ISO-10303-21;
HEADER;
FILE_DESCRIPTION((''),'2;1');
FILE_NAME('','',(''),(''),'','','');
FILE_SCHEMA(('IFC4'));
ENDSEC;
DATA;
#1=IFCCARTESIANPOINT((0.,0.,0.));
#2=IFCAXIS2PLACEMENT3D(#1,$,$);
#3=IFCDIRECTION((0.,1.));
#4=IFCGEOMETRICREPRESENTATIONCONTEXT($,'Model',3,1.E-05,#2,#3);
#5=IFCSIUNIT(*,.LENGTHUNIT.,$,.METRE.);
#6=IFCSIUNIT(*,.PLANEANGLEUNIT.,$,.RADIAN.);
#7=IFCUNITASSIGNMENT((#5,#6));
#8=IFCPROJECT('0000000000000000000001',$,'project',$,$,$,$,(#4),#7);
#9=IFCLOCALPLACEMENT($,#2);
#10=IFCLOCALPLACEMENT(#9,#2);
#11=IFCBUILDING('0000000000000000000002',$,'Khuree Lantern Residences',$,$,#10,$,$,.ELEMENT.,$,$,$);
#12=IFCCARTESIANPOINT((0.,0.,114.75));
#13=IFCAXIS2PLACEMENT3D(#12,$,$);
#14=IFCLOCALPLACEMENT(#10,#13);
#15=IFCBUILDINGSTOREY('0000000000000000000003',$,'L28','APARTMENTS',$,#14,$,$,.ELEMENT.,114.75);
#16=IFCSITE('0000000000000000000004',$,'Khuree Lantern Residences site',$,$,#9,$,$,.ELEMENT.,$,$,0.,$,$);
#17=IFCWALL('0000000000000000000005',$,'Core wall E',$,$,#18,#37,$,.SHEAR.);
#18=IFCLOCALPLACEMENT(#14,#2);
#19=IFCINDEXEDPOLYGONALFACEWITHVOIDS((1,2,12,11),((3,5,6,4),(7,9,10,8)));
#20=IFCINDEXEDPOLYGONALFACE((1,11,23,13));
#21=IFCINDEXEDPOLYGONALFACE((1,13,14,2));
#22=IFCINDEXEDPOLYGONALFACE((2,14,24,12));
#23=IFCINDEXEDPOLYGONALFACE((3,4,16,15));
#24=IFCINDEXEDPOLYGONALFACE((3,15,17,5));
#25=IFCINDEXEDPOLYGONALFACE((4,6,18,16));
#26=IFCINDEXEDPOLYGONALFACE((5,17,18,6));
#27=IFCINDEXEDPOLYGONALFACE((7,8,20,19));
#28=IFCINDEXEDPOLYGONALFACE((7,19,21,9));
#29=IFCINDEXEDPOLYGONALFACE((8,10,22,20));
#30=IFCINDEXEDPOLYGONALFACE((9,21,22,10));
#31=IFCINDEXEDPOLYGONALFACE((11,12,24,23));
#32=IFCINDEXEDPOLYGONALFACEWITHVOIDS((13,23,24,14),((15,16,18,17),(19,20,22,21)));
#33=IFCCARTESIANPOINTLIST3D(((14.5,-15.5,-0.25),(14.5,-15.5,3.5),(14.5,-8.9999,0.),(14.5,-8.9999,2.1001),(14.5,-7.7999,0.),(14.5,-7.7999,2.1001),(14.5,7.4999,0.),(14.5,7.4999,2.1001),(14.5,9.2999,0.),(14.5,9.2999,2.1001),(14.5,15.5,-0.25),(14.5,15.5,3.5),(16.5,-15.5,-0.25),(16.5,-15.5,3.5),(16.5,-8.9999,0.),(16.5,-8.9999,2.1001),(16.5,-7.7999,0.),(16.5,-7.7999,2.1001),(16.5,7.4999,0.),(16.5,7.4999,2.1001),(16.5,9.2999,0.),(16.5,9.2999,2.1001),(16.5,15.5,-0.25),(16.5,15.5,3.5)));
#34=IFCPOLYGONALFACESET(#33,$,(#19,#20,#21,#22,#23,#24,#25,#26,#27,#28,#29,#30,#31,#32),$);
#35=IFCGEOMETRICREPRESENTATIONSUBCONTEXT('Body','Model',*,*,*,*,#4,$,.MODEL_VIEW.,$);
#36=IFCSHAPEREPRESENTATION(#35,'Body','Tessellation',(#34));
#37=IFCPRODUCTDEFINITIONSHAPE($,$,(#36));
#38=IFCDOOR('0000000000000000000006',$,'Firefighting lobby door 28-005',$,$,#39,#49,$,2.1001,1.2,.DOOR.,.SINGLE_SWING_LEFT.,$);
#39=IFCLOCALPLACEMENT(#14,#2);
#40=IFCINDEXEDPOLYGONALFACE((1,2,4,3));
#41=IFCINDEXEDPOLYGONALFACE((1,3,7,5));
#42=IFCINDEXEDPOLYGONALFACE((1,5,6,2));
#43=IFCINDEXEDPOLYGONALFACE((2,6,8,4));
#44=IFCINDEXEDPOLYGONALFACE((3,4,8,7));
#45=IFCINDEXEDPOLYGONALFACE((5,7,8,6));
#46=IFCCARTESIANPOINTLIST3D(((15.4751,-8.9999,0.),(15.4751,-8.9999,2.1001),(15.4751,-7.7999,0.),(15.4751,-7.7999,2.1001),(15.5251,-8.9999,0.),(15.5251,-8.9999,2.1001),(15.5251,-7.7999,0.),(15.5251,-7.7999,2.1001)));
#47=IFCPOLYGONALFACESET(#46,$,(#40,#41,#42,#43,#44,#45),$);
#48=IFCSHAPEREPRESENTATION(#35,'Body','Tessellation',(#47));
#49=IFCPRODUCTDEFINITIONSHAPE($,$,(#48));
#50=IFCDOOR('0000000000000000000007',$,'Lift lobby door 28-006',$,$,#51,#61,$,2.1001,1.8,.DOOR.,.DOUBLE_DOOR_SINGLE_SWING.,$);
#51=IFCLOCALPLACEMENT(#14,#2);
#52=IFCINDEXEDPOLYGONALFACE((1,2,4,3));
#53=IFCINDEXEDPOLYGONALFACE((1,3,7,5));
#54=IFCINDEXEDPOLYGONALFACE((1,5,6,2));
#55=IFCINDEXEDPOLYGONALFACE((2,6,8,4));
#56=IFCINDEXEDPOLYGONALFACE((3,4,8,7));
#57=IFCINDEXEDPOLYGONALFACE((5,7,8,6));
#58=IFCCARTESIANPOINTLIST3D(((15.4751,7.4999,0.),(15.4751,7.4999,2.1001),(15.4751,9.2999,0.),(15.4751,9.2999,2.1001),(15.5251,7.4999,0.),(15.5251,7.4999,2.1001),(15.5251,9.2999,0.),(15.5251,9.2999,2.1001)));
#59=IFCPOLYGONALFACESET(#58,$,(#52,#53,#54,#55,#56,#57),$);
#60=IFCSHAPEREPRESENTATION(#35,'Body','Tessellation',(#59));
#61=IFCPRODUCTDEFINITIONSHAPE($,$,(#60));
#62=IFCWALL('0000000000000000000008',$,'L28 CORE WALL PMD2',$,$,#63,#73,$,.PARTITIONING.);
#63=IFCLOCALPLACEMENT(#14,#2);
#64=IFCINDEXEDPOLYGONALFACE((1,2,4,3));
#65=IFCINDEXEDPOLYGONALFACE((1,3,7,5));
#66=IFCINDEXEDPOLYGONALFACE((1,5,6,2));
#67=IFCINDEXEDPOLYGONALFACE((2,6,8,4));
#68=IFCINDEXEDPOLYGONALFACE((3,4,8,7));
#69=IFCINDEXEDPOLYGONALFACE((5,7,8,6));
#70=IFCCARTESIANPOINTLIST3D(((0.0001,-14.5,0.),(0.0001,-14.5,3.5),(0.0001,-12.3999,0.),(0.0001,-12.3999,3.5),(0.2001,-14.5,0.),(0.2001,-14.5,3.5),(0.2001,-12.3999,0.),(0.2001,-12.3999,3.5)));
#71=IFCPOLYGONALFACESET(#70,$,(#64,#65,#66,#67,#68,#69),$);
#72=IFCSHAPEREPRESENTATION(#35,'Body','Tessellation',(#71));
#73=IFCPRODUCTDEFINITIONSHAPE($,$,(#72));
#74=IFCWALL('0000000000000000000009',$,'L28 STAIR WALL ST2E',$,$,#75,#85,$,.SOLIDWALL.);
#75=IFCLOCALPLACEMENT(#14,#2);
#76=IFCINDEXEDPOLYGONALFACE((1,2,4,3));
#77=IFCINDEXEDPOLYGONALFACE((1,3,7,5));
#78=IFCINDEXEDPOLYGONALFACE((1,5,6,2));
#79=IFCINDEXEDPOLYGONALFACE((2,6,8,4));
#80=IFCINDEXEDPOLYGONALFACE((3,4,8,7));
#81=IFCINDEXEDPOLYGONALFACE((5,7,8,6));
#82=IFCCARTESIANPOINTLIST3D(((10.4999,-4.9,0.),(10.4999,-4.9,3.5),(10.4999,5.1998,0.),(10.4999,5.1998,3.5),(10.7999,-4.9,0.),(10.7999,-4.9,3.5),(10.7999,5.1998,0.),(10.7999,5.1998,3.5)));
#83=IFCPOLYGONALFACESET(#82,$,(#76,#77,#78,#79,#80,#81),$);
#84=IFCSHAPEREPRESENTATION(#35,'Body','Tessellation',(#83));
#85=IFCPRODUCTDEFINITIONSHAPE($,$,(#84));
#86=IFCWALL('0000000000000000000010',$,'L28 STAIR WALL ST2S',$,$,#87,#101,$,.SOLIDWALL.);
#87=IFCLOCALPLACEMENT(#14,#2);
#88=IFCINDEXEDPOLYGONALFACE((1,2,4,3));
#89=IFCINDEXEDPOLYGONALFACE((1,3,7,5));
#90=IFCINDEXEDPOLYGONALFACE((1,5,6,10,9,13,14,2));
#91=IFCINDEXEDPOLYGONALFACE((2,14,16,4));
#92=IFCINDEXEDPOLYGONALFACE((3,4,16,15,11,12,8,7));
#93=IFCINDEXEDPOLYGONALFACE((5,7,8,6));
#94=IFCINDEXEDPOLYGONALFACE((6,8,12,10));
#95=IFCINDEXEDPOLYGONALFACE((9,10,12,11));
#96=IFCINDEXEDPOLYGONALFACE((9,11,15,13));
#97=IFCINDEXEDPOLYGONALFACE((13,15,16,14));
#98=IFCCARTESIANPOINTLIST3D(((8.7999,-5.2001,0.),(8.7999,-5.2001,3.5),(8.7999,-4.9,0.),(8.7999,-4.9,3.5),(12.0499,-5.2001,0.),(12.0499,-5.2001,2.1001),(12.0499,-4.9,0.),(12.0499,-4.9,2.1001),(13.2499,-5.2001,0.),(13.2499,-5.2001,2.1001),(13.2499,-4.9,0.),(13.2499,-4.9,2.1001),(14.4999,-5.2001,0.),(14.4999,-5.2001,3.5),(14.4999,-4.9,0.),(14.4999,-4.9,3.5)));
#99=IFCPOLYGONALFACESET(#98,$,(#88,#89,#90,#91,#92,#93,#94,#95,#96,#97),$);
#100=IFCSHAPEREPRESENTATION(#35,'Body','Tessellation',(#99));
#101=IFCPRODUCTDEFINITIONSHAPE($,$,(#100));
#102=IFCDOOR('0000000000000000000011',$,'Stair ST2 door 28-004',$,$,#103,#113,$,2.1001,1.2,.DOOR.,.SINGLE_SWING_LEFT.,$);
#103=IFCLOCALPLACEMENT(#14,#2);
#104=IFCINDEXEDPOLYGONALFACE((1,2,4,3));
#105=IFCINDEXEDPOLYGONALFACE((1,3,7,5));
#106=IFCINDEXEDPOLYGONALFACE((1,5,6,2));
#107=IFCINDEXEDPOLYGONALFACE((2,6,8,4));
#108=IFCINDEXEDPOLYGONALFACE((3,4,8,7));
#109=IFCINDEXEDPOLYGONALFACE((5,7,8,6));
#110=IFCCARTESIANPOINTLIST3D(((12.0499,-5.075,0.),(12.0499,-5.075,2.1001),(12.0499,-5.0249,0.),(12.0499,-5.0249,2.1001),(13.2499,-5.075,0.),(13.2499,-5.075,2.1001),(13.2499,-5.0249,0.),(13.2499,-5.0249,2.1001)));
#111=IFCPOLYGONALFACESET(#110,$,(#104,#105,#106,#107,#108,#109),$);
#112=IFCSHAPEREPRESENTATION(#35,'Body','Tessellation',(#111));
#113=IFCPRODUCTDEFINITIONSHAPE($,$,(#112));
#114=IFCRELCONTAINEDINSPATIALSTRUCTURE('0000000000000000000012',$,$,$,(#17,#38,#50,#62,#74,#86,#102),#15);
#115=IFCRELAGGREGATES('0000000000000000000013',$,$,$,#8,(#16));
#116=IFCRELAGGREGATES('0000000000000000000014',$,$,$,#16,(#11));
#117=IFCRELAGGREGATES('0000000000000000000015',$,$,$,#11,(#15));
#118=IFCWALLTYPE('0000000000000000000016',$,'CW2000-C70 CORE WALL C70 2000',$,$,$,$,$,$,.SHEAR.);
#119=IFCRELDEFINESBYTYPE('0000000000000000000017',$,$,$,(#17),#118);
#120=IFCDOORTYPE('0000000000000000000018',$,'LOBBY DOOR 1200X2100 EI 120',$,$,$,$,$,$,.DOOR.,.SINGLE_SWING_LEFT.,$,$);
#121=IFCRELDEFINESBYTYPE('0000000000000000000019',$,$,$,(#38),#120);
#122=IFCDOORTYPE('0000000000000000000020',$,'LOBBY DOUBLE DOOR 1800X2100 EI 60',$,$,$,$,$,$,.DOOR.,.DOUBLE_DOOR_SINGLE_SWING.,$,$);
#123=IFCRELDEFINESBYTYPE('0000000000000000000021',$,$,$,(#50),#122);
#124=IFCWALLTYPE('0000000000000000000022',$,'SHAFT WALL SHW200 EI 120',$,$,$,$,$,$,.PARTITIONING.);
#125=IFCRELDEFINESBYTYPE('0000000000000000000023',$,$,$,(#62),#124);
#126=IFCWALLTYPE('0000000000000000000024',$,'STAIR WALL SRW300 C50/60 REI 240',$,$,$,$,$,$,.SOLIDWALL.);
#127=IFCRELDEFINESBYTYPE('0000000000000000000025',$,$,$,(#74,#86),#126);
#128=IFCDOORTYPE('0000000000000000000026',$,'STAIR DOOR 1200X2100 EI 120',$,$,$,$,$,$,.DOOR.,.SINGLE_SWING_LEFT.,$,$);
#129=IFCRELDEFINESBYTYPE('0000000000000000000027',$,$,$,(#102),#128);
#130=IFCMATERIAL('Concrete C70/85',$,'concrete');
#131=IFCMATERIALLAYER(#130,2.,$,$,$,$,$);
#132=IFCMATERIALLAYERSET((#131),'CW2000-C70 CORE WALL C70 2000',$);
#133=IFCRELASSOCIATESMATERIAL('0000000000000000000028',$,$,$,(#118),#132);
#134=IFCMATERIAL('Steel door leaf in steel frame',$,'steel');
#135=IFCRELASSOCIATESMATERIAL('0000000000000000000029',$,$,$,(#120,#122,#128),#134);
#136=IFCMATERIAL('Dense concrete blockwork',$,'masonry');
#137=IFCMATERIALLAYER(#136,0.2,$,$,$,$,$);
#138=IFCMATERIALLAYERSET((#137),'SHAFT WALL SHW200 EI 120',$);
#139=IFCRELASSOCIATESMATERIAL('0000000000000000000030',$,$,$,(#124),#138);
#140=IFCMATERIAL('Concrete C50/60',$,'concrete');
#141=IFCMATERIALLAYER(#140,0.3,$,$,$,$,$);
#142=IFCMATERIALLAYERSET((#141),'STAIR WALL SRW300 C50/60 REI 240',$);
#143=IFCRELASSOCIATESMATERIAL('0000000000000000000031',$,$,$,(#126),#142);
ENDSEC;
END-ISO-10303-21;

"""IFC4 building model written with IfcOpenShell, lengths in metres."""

from ifc_helpers import new_model, si_unit, direction, frame, frame_2d, origin, place, context, subcontext, project, spatial, rectangle, extrude, material, layer, layer_set, type_object, element, fill, save


model = new_model("IFC4")

# Units and contexts
model_context = context("Model", 3, precision=1e-05, world=origin(), true_north=direction((0.0, 1.0)))
body_context = subcontext(model_context, "Body", "Model", "MODEL_VIEW")
ifc_project = project(units=[si_unit("LENGTHUNIT", "METRE"), si_unit("PLANEANGLEUNIT", "RADIAN")], contexts=[model_context])

# Site, building, storey
site_placement = place(None, origin())
site = spatial("IfcSite", under=ifc_project, at=site_placement, Name="Khuree Lantern Residences site", CompositionType="ELEMENT", RefElevation=0.0)
building_placement = place(site_placement, origin())
building = spatial("IfcBuilding", under=site, at=building_placement, Name="Khuree Lantern Residences", CompositionType="ELEMENT")
storey_placement = place(building_placement, frame((0.0, 0.0, 114.75)))
storey = spatial("IfcBuildingStorey", under=building, at=storey_placement, Name="L28", Description="APARTMENTS", CompositionType="ELEMENT", Elevation=114.75)

# Shared definitions
ifc_material_1 = material(Name="Dense concrete blockwork", Category="masonry")

# Wall, openings, doors
ifc_material_2 = material(Name="Concrete C70/85", Category="concrete")
ifc_layer_1 = layer(ifc_material_2, 2.0)
ifc_layer_set_1 = layer_set([ifc_layer_1], Name="CW2000-C70 CORE WALL C70 2000")
wall_type_1 = type_object("IfcWallType", Name="CW2000-C70 CORE WALL C70 2000", PredefinedType="SHEAR", material=ifc_layer_set_1)
wall_1_placement = place(storey_placement, frame((15.5, -15.5, -0.25), z_axis=(0.0, 0.0, 1.0), x_axis=(0.0, 1.0, 0.0)))
wall_1 = element("IfcWall", 1, at=wall_1_placement, inside=storey, type_object=wall_type_1, Name="Core wall E", PredefinedType="SHEAR", context=body_context, shape_type="SweptSolid", body=[
    extrude(rectangle(XDim=31.0, YDim=2.0, at=frame_2d((15.5, 0.0))), origin(), (0.0, 0.0, 1.0), 3.75),
])
opening_1_placement = place(wall_1_placement, frame((6.5, 0.0, 0.25)))
opening_1 = element("IfcOpeningElement", 2, at=opening_1_placement, cuts=wall_1, PredefinedType="OPENING", context=body_context, shape_type="SweptSolid", body=[
    extrude(rectangle(XDim=1.2, YDim=2.1001, at=frame_2d((0.6001, 1.05))), frame((0.0, 1.01, 0.0), z_axis=(0.0, -1.0, 0.0), x_axis=(1.0, 0.0, 0.0)), (0.0, 0.0, 1.0), 2.02),
])
opening_2_placement = place(wall_1_placement, frame((23.0, 0.0, 0.25)))
opening_2 = element("IfcOpeningElement", 3, at=opening_2_placement, cuts=wall_1, PredefinedType="OPENING", context=body_context, shape_type="SweptSolid", body=[
    extrude(rectangle(XDim=1.8, YDim=2.1001, at=frame_2d((0.8999, 1.05))), frame((0.0, 1.01, 0.0), z_axis=(0.0, -1.0, 0.0), x_axis=(1.0, 0.0, 0.0)), (0.0, 0.0, 1.0), 2.02),
])
ifc_material_3 = material(Name="Steel door leaf in steel frame", Category="steel")
door_type_1 = type_object("IfcDoorType", Name="LOBBY DOOR 1200X2100 EI 120", OperationType="SINGLE_SWING_LEFT", PredefinedType="DOOR", material=ifc_material_3)
door_1_placement = place(opening_1_placement, origin())
door_1 = element("IfcDoor", 4, at=door_1_placement, inside=storey, type_object=door_type_1, Name="Firefighting lobby door 28-005", OperationType="SINGLE_SWING_LEFT", OverallHeight=2.1001, OverallWidth=1.2, PredefinedType="DOOR", context=body_context, shape_type="SweptSolid", body=[
    extrude(rectangle(XDim=1.2, YDim=2.1001, at=frame_2d((0.6001, 1.05))), frame((0.0, 0.0249, 0.0), z_axis=(0.0, -1.0, 0.0), x_axis=(1.0, 0.0, 0.0)), (0.0, 0.0, 1.0), 0.05),
])
fill(opening_1, door_1)
door_type_2 = type_object("IfcDoorType", Name="LOBBY DOUBLE DOOR 1800X2100 EI 60", OperationType="DOUBLE_DOOR_SINGLE_SWING", PredefinedType="DOOR", material=ifc_material_3)
door_2_placement = place(opening_2_placement, origin())
door_2 = element("IfcDoor", 5, at=door_2_placement, inside=storey, type_object=door_type_2, Name="Lift lobby door 28-006", OperationType="DOUBLE_DOOR_SINGLE_SWING", OverallHeight=2.1001, OverallWidth=1.8, PredefinedType="DOOR", context=body_context, shape_type="SweptSolid", body=[
    extrude(rectangle(XDim=1.8, YDim=2.1001, at=frame_2d((0.8999, 1.05))), frame((0.0, 0.0249, 0.0), z_axis=(0.0, -1.0, 0.0), x_axis=(1.0, 0.0, 0.0)), (0.0, 0.0, 1.0), 0.05),
])
fill(opening_2, door_2)

# Walls
ifc_layer_2 = layer(ifc_material_1, 0.2)
ifc_layer_set_2 = layer_set([ifc_layer_2], Name="SHAFT WALL SHW200 EI 120")
wall_type_2 = type_object("IfcWallType", Name="SHAFT WALL SHW200 EI 120", PredefinedType="PARTITIONING", material=ifc_layer_set_2)
wall_2_placement = place(storey_placement, frame((0.1001, -14.5, 0.0), z_axis=(0.0, 0.0, 1.0), x_axis=(0.0, 1.0, 0.0)))
element("IfcWall", 6, at=wall_2_placement, inside=storey, type_object=wall_type_2, Name="L28 CORE WALL PMD2", PredefinedType="PARTITIONING", context=body_context, shape_type="SweptSolid", body=[
    extrude(rectangle(XDim=2.1001, YDim=0.2, at=frame_2d((1.05, 0.0))), origin(), (0.0, 0.0, 1.0), 3.5),
])
ifc_material_4 = material(Name="Concrete C50/60", Category="concrete")
ifc_layer_3 = layer(ifc_material_4, 0.3)
ifc_layer_set_3 = layer_set([ifc_layer_3], Name="STAIR WALL SRW300 C50/60 REI 240")
wall_type_3 = type_object("IfcWallType", Name="STAIR WALL SRW300 C50/60 REI 240", PredefinedType="SOLIDWALL", material=ifc_layer_set_3)
wall_3_placement = place(storey_placement, frame((10.6499, -4.8999, 0.0), z_axis=(0.0, 0.0, 1.0), x_axis=(0.0, 1.0, 0.0)))
element("IfcWall", 7, at=wall_3_placement, inside=storey, type_object=wall_type_3, Name="L28 STAIR WALL ST2E", PredefinedType="SOLIDWALL", context=body_context, shape_type="SweptSolid", body=[
    extrude(rectangle(XDim=10.0999, YDim=0.3, at=frame_2d((5.0498, 0.0))), origin(), (0.0, 0.0, 1.0), 3.5),
])

# Wall, opening, door
wall_4_placement = place(storey_placement, frame((14.5, -5.05, 0.0), z_axis=(0.0, 0.0, 1.0), x_axis=(-1.0, 0.0, 0.0)))
wall_4 = element("IfcWall", 8, at=wall_4_placement, inside=storey, type_object=wall_type_3, Name="L28 STAIR WALL ST2S", PredefinedType="SOLIDWALL", context=body_context, shape_type="SweptSolid", body=[
    extrude(rectangle(XDim=5.7, YDim=0.3, at=frame_2d((2.8501, 0.0))), origin(), (0.0, 0.0, 1.0), 3.5),
])
opening_3_placement = place(wall_4_placement, frame((1.25, 0.0, 0.0)))
opening_3 = element("IfcOpeningElement", 9, at=opening_3_placement, cuts=wall_4, PredefinedType="OPENING", context=body_context, shape_type="SweptSolid", body=[
    extrude(rectangle(XDim=1.2, YDim=2.1001, at=frame_2d((0.6001, 1.05))), frame((0.0, 0.1602, 0.0), z_axis=(0.0, -1.0, 0.0), x_axis=(1.0, 0.0, 0.0)), (0.0, 0.0, 1.0), 0.3201),
])
door_type_3 = type_object("IfcDoorType", Name="STAIR DOOR 1200X2100 EI 120", OperationType="SINGLE_SWING_LEFT", PredefinedType="DOOR", material=ifc_material_3)
door_3_placement = place(opening_3_placement, origin())
door_3 = element("IfcDoor", 10, at=door_3_placement, inside=storey, type_object=door_type_3, Name="Stair ST2 door 28-004", OperationType="SINGLE_SWING_LEFT", OverallHeight=2.1001, OverallWidth=1.2, PredefinedType="DOOR", context=body_context, shape_type="SweptSolid", body=[
    extrude(rectangle(XDim=1.2, YDim=2.1001, at=frame_2d((0.6001, 1.05))), frame((0.0, 0.0249, 0.0), z_axis=(0.0, -1.0, 0.0), x_axis=(1.0, 0.0, 0.0)), (0.0, 0.0, 1.0), 0.05),
])
fill(opening_3, door_3)

save(model, "model.ifc")
